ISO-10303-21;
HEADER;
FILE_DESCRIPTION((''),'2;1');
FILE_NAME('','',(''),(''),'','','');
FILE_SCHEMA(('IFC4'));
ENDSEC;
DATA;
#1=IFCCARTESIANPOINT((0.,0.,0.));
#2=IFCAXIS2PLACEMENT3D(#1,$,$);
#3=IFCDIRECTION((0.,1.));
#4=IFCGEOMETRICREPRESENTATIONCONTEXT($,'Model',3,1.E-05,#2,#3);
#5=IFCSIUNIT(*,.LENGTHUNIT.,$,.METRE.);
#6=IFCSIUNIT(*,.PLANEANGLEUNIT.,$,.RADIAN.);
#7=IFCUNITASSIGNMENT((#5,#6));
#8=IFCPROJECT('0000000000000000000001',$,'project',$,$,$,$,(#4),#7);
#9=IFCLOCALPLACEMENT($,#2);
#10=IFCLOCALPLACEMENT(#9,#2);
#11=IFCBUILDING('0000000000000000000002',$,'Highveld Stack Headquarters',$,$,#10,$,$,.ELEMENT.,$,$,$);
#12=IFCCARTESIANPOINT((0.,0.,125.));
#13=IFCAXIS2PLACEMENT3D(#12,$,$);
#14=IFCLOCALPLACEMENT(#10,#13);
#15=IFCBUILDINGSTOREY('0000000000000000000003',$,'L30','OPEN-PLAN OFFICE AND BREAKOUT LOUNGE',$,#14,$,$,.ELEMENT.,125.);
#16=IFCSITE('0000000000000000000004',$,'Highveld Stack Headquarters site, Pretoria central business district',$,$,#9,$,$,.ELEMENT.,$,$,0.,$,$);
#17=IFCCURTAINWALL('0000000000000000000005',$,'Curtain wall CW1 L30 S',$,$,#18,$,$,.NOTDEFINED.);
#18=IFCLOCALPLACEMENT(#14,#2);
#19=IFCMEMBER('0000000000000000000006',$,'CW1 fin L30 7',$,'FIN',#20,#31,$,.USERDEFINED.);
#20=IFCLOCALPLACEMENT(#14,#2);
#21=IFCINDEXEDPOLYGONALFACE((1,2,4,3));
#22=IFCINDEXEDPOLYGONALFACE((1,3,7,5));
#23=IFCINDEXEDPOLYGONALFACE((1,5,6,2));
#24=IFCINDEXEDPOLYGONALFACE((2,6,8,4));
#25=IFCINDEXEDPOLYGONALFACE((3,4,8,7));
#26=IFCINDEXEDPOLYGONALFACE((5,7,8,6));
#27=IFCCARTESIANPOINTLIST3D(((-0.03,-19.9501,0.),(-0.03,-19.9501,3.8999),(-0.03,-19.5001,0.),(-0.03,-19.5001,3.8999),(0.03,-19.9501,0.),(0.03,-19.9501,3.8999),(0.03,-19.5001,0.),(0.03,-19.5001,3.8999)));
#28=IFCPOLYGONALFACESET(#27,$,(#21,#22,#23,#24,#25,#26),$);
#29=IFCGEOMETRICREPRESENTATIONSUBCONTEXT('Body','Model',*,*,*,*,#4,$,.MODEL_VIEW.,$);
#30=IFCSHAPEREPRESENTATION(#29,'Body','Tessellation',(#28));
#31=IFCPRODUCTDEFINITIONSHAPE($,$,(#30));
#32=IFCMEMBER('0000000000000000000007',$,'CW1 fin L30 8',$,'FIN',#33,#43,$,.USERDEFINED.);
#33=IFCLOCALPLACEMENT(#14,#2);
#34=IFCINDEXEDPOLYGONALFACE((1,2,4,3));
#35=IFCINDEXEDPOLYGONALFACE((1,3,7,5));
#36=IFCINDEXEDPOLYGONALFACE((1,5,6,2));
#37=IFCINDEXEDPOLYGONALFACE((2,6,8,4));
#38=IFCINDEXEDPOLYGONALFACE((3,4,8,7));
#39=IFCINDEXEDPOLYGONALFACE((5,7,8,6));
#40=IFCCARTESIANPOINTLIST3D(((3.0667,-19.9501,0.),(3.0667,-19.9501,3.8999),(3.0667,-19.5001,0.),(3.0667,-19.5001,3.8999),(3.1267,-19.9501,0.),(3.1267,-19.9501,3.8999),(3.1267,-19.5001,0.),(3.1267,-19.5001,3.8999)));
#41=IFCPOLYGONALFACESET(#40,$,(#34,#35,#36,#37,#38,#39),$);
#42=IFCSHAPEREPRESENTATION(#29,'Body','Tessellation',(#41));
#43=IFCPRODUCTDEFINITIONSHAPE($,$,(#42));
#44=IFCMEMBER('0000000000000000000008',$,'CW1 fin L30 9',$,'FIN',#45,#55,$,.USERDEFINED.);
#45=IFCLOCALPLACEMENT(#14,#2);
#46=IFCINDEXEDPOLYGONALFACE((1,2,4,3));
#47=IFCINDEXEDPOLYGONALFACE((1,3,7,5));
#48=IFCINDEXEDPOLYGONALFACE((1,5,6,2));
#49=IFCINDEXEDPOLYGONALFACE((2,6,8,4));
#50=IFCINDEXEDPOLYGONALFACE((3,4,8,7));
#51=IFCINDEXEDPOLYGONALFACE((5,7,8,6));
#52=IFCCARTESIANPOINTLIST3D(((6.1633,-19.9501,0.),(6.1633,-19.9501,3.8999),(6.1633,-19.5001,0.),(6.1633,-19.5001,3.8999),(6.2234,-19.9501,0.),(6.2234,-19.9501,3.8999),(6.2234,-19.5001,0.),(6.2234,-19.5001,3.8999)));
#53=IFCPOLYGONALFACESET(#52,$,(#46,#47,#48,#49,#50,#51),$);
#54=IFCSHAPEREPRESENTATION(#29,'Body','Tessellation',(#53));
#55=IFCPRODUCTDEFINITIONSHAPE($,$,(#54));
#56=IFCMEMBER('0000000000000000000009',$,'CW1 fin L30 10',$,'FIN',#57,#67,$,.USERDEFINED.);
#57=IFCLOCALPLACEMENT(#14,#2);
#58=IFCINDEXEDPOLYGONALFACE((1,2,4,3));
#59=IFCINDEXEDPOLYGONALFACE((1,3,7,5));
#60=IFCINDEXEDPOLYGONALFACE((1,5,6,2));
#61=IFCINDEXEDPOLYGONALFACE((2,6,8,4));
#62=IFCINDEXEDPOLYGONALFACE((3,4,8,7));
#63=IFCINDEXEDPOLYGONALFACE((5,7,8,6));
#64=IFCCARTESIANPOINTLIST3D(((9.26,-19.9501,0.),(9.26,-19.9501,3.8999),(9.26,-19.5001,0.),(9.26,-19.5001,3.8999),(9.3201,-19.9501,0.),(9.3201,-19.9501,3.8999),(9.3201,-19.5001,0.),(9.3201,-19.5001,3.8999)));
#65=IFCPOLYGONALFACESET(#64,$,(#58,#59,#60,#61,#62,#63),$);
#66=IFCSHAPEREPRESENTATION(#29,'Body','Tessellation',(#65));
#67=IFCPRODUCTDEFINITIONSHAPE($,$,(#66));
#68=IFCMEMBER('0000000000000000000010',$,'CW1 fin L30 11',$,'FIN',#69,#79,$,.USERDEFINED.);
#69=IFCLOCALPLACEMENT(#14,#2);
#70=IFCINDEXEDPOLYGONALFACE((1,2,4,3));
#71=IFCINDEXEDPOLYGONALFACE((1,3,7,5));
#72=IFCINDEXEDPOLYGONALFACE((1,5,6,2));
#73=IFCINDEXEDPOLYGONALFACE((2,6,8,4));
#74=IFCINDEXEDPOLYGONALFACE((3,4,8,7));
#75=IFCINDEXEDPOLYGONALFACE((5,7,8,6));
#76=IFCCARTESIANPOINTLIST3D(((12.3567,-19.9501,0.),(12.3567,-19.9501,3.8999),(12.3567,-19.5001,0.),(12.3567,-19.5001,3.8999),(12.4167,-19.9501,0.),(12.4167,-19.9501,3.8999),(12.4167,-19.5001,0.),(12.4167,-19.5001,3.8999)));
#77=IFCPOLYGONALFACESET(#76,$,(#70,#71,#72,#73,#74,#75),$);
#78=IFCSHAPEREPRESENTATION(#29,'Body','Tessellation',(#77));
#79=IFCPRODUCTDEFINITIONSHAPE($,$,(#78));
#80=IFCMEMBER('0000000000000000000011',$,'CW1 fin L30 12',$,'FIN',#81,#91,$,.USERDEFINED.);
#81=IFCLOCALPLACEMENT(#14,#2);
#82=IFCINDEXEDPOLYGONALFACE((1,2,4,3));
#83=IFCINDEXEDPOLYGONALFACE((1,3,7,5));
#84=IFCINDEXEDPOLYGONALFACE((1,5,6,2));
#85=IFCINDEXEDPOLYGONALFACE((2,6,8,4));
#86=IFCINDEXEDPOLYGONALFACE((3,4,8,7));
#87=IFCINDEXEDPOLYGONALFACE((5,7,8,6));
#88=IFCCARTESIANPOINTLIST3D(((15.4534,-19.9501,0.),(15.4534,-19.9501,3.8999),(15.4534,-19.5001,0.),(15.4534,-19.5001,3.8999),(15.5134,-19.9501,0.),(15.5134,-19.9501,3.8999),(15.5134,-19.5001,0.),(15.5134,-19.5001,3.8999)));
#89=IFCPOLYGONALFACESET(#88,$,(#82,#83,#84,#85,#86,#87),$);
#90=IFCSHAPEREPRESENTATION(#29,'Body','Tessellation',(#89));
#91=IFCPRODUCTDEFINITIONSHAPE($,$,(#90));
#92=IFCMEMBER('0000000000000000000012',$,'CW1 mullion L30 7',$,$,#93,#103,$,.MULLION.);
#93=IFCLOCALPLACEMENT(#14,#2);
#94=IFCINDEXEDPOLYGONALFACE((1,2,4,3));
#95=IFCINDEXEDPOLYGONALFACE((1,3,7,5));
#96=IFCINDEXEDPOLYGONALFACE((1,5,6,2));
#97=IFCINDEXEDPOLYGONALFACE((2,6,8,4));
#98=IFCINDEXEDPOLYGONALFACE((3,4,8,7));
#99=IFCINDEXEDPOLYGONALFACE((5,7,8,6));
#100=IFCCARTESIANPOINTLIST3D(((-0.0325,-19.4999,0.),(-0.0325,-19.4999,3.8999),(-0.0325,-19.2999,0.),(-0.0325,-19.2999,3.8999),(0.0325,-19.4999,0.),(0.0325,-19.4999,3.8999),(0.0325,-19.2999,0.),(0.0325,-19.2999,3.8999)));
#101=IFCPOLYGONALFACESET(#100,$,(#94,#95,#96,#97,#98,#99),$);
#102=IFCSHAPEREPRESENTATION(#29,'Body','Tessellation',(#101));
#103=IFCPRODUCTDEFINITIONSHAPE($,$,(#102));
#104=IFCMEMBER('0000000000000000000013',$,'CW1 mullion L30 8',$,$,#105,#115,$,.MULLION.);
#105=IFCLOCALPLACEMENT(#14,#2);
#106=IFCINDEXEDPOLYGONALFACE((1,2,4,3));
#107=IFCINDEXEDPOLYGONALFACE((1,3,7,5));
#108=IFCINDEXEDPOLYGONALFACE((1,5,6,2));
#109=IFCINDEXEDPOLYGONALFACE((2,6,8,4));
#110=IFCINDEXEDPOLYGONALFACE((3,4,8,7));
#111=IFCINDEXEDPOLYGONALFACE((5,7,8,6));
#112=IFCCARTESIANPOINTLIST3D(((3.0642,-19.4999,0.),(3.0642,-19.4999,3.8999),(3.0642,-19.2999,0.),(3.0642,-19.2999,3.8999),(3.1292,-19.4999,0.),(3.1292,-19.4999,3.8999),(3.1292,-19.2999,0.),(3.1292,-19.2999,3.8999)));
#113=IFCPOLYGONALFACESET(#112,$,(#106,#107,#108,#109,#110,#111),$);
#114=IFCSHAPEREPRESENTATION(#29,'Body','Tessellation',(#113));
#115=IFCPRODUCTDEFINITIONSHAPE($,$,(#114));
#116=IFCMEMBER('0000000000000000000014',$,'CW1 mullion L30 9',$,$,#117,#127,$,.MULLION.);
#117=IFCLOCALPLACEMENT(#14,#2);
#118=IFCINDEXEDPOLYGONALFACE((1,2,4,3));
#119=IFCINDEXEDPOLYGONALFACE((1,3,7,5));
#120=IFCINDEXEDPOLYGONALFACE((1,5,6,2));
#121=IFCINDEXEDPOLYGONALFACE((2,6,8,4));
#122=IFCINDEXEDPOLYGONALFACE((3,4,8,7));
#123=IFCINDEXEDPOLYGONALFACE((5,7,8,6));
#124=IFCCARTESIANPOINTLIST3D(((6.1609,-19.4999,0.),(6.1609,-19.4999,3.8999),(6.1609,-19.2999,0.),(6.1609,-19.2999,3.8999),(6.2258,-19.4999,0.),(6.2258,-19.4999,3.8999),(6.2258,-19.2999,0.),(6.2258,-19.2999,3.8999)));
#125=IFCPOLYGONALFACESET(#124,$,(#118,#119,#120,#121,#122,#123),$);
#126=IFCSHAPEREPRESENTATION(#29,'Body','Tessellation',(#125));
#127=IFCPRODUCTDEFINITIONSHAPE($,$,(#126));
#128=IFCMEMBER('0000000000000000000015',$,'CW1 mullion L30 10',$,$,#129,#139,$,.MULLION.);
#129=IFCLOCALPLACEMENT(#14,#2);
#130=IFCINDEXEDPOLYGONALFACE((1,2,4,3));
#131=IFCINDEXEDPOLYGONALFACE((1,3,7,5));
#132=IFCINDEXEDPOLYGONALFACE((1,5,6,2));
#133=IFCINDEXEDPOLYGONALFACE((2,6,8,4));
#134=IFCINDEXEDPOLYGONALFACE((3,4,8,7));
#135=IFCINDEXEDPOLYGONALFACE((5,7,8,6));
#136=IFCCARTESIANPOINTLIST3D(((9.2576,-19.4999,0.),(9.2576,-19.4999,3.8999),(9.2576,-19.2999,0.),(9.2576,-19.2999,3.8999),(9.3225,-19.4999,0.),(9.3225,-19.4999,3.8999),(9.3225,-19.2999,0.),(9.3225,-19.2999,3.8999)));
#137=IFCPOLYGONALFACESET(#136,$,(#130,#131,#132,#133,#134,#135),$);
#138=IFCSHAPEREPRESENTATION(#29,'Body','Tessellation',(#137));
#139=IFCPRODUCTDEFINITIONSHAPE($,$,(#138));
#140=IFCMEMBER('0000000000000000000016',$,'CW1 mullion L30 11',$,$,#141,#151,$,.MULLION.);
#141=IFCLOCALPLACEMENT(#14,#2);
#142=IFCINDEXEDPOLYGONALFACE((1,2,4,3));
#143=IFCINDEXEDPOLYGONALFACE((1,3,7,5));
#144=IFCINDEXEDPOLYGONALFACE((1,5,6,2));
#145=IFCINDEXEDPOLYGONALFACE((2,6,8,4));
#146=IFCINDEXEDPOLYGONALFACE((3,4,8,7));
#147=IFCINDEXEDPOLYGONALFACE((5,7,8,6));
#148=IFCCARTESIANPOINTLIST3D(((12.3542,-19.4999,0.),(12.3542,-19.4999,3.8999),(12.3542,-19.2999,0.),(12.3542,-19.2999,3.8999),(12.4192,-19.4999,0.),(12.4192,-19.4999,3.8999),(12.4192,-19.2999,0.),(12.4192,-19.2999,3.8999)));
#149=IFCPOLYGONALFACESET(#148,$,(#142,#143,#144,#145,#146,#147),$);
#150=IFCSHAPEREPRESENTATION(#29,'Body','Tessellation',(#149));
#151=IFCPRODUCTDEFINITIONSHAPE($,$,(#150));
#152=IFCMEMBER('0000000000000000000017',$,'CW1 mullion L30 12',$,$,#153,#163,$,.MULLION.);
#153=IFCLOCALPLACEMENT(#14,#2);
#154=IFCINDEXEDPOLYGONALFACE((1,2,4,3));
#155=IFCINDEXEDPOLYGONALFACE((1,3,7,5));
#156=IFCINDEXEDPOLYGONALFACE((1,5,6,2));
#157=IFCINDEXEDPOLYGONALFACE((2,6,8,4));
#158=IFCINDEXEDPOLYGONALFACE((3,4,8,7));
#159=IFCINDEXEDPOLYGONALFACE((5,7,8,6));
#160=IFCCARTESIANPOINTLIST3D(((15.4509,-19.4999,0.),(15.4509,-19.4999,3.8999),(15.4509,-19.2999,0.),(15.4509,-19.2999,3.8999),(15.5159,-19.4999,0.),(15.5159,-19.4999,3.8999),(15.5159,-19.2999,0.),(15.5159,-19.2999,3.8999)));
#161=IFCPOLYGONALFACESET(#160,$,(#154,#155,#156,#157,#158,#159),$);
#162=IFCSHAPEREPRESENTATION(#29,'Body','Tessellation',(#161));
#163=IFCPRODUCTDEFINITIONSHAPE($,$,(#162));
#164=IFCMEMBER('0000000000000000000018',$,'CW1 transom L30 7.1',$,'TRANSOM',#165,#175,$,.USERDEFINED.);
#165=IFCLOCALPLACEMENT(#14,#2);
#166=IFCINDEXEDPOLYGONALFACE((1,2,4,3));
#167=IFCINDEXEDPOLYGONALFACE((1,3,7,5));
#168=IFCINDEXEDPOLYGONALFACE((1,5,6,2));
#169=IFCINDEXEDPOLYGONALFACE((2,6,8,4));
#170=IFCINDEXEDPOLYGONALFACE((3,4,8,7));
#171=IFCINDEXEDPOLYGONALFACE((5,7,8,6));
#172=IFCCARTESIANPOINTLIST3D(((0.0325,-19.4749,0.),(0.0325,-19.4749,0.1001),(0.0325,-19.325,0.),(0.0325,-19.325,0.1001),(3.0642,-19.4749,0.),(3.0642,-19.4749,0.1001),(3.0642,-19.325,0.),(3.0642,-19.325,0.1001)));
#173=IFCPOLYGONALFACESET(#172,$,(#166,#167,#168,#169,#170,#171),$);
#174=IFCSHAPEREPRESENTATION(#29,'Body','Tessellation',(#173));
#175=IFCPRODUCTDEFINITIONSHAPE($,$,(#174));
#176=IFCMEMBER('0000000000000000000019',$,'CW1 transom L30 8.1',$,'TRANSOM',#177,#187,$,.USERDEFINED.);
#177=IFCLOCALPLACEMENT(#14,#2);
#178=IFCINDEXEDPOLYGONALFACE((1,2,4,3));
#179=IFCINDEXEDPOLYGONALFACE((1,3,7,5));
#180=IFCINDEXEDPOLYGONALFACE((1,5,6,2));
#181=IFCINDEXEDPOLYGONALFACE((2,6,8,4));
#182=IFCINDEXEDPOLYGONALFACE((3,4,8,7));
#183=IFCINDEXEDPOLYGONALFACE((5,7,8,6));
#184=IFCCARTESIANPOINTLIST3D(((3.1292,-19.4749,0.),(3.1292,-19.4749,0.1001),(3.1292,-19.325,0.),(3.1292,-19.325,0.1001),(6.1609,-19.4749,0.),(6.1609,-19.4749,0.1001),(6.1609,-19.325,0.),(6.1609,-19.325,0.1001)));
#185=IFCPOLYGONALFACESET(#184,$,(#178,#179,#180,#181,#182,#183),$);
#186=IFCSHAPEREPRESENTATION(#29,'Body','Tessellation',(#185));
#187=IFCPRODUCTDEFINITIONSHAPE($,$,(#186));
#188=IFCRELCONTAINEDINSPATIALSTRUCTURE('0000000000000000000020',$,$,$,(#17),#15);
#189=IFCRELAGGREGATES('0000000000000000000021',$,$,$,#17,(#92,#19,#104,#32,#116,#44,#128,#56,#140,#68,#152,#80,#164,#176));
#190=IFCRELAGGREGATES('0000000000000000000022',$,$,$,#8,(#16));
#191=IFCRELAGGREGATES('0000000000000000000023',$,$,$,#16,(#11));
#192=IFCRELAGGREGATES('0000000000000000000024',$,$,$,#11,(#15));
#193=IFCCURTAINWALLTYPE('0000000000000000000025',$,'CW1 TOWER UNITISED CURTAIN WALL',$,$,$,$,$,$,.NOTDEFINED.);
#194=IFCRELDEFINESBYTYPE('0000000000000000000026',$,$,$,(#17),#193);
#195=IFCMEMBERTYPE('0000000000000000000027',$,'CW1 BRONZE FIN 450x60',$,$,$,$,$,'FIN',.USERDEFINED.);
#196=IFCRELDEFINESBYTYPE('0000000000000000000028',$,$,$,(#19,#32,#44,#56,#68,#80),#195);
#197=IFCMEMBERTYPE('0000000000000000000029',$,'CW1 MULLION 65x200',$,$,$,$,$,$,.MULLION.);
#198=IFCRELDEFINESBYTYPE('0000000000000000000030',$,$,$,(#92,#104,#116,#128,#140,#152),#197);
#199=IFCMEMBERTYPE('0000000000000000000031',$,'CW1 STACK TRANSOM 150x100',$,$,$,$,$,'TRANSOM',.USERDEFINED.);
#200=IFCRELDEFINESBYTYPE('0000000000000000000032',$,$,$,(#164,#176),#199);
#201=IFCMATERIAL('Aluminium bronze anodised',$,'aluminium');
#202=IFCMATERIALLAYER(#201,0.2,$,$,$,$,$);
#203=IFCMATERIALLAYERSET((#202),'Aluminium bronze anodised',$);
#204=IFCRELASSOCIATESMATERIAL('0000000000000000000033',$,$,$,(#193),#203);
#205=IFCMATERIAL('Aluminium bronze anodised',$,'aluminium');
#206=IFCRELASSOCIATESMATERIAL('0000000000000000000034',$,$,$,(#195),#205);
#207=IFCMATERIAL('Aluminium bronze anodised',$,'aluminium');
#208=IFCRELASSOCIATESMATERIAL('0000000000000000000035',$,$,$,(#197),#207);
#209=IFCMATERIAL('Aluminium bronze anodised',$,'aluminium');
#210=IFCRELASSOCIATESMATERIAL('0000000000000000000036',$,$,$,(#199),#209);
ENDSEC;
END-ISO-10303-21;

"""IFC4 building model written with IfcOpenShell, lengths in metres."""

from ifc_helpers import new_model, si_unit, direction, frame, origin, origin_2d, place, context, subcontext, project, spatial, rectangle, extrude, material, layer, layer_set, material_profile, profile_set, type_object, element, aggregate, save


model = new_model("IFC4")

# Units and contexts
model_context = context("Model", 3, precision=1e-05, world=origin(), true_north=direction((0.0, 1.0)))
body_context = subcontext(model_context, "Body", "Model", "MODEL_VIEW")
ifc_project = project(units=[si_unit("LENGTHUNIT", "METRE"), si_unit("PLANEANGLEUNIT", "RADIAN")], contexts=[model_context])

# Site, building, storey
site_placement = place(None, origin())
site = spatial("IfcSite", under=ifc_project, at=site_placement, Name="Highveld Stack Headquarters site, Pretoria central business district", CompositionType="ELEMENT", RefElevation=0.0)
building_placement = place(site_placement, origin())
building = spatial("IfcBuilding", under=site, at=building_placement, Name="Highveld Stack Headquarters", CompositionType="ELEMENT")
storey_placement = place(building_placement, frame((0.0, 0.0, 125.0)))
storey = spatial("IfcBuildingStorey", under=building, at=storey_placement, Name="L30", Description="OPEN-PLAN OFFICE AND BREAKOUT LOUNGE", CompositionType="ELEMENT", Elevation=125.0)

# Curtain wall, members
ifc_material_1 = material(Name="Aluminium bronze anodised", Category="aluminium")
ifc_layer_1 = layer(ifc_material_1, 0.2)
ifc_layer_set_1 = layer_set([ifc_layer_1], Name="Aluminium bronze anodised")
curtain_wall_type = type_object("IfcCurtainWallType", Name="CW1 TOWER UNITISED CURTAIN WALL", PredefinedType="NOTDEFINED", material=ifc_layer_set_1)
curtain_wall_placement = place(storey_placement, origin())
curtain_wall = element("IfcCurtainWall", 1, at=curtain_wall_placement, inside=storey, type_object=curtain_wall_type, Name="Curtain wall CW1 L30 S", PredefinedType="NOTDEFINED")
ifc_material_2 = material(Name="Aluminium bronze anodised", Category="aluminium")
ifc_material_profile_1 = material_profile(ifc_material_2, rectangle(XDim=0.45, YDim=0.0601, at=origin_2d()), Name="FIN 450x60")
ifc_profile_set_1 = profile_set([ifc_material_profile_1], Name="Aluminium bronze anodised")
member_type_1 = type_object("IfcMemberType", Name="CW1 BRONZE FIN 450x60", ElementType="FIN", PredefinedType="USERDEFINED", material=ifc_profile_set_1)
member_1_placement = place(storey_placement, frame((0.0, -19.7251, 0.0), z_axis=(0.0, 0.0, 1.0), x_axis=(0.0, 1.0, 0.0)))
member_1 = element("IfcMember", 2, at=member_1_placement, type_object=member_type_1, Name="CW1 fin L30 7", ObjectType="FIN", PredefinedType="USERDEFINED", context=body_context, shape_type="SweptSolid", body=[
    extrude(rectangle(XDim=0.45, YDim=0.0601, at=origin_2d()), origin(), (0.0, 0.0, 1.0), 3.8999),
])
member_2_placement = place(storey_placement, frame((3.0967, -19.7251, 0.0), z_axis=(0.0, 0.0, 1.0), x_axis=(0.0, 1.0, 0.0)))
member_2 = element("IfcMember", 3, at=member_2_placement, type_object=member_type_1, Name="CW1 fin L30 8", ObjectType="FIN", PredefinedType="USERDEFINED", context=body_context, shape_type="SweptSolid", body=[
    extrude(rectangle(XDim=0.45, YDim=0.0601, at=origin_2d()), origin(), (0.0, 0.0, 1.0), 3.8999),
])
member_3_placement = place(storey_placement, frame((6.1934, -19.7251, 0.0), z_axis=(0.0, 0.0, 1.0), x_axis=(0.0, 1.0, 0.0)))
member_3 = element("IfcMember", 4, at=member_3_placement, type_object=member_type_1, Name="CW1 fin L30 9", ObjectType="FIN", PredefinedType="USERDEFINED", context=body_context, shape_type="SweptSolid", body=[
    extrude(rectangle(XDim=0.45, YDim=0.0601, at=origin_2d()), origin(), (0.0, 0.0, 1.0), 3.8999),
])
member_4_placement = place(storey_placement, frame((9.29, -19.7251, 0.0), z_axis=(0.0, 0.0, 1.0), x_axis=(0.0, 1.0, 0.0)))
member_4 = element("IfcMember", 5, at=member_4_placement, type_object=member_type_1, Name="CW1 fin L30 10", ObjectType="FIN", PredefinedType="USERDEFINED", context=body_context, shape_type="SweptSolid", body=[
    extrude(rectangle(XDim=0.45, YDim=0.0601, at=origin_2d()), origin(), (0.0, 0.0, 1.0), 3.8999),
])
member_5_placement = place(storey_placement, frame((12.3867, -19.7251, 0.0), z_axis=(0.0, 0.0, 1.0), x_axis=(0.0, 1.0, 0.0)))
member_5 = element("IfcMember", 6, at=member_5_placement, type_object=member_type_1, Name="CW1 fin L30 11", ObjectType="FIN", PredefinedType="USERDEFINED", context=body_context, shape_type="SweptSolid", body=[
    extrude(rectangle(XDim=0.45, YDim=0.0601, at=origin_2d()), origin(), (0.0, 0.0, 1.0), 3.8999),
])
member_6_placement = place(storey_placement, frame((15.4834, -19.7251, 0.0), z_axis=(0.0, 0.0, 1.0), x_axis=(0.0, 1.0, 0.0)))
member_6 = element("IfcMember", 7, at=member_6_placement, type_object=member_type_1, Name="CW1 fin L30 12", ObjectType="FIN", PredefinedType="USERDEFINED", context=body_context, shape_type="SweptSolid", body=[
    extrude(rectangle(XDim=0.45, YDim=0.0601, at=origin_2d()), origin(), (0.0, 0.0, 1.0), 3.8999),
])
ifc_material_3 = material(Name="Aluminium bronze anodised", Category="aluminium")
ifc_material_profile_2 = material_profile(ifc_material_3, rectangle(XDim=0.2, YDim=0.0649, at=origin_2d()), Name="CW1 MULLION 65x200")
ifc_profile_set_2 = profile_set([ifc_material_profile_2], Name="Aluminium bronze anodised")
member_type_2 = type_object("IfcMemberType", Name="CW1 MULLION 65x200", PredefinedType="MULLION", material=ifc_profile_set_2)
member_7_placement = place(storey_placement, frame((0.0, -19.3999, 0.0), z_axis=(0.0, 0.0, 1.0), x_axis=(0.0, 1.0, 0.0)))
member_7 = element("IfcMember", 8, at=member_7_placement, type_object=member_type_2, Name="CW1 mullion L30 7", PredefinedType="MULLION", context=body_context, shape_type="SweptSolid", body=[
    extrude(rectangle(XDim=0.2, YDim=0.0649, at=origin_2d()), origin(), (0.0, 0.0, 1.0), 3.8999),
])
member_8_placement = place(storey_placement, frame((3.0967, -19.3999, 0.0), z_axis=(0.0, 0.0, 1.0), x_axis=(0.0, 1.0, 0.0)))
member_8 = element("IfcMember", 9, at=member_8_placement, type_object=member_type_2, Name="CW1 mullion L30 8", PredefinedType="MULLION", context=body_context, shape_type="SweptSolid", body=[
    extrude(rectangle(XDim=0.2, YDim=0.0649, at=origin_2d()), origin(), (0.0, 0.0, 1.0), 3.8999),
])
member_9_placement = place(storey_placement, frame((6.1934, -19.3999, 0.0), z_axis=(0.0, 0.0, 1.0), x_axis=(0.0, 1.0, 0.0)))
member_9 = element("IfcMember", 10, at=member_9_placement, type_object=member_type_2, Name="CW1 mullion L30 9", PredefinedType="MULLION", context=body_context, shape_type="SweptSolid", body=[
    extrude(rectangle(XDim=0.2, YDim=0.0649, at=origin_2d()), origin(), (0.0, 0.0, 1.0), 3.8999),
])
member_10_placement = place(storey_placement, frame((9.29, -19.3999, 0.0), z_axis=(0.0, 0.0, 1.0), x_axis=(0.0, 1.0, 0.0)))
member_10 = element("IfcMember", 11, at=member_10_placement, type_object=member_type_2, Name="CW1 mullion L30 10", PredefinedType="MULLION", context=body_context, shape_type="SweptSolid", body=[
    extrude(rectangle(XDim=0.2, YDim=0.0649, at=origin_2d()), origin(), (0.0, 0.0, 1.0), 3.8999),
])
member_11_placement = place(storey_placement, frame((12.3867, -19.3999, 0.0), z_axis=(0.0, 0.0, 1.0), x_axis=(0.0, 1.0, 0.0)))
member_11 = element("IfcMember", 12, at=member_11_placement, type_object=member_type_2, Name="CW1 mullion L30 11", PredefinedType="MULLION", context=body_context, shape_type="SweptSolid", body=[
    extrude(rectangle(XDim=0.2, YDim=0.0649, at=origin_2d()), origin(), (0.0, 0.0, 1.0), 3.8999),
])
member_12_placement = place(storey_placement, frame((15.4834, -19.3999, 0.0), z_axis=(0.0, 0.0, 1.0), x_axis=(0.0, 1.0, 0.0)))
member_12 = element("IfcMember", 13, at=member_12_placement, type_object=member_type_2, Name="CW1 mullion L30 12", PredefinedType="MULLION", context=body_context, shape_type="SweptSolid", body=[
    extrude(rectangle(XDim=0.2, YDim=0.0649, at=origin_2d()), origin(), (0.0, 0.0, 1.0), 3.8999),
])
ifc_material_4 = material(Name="Aluminium bronze anodised", Category="aluminium")
ifc_material_profile_3 = material_profile(ifc_material_4, rectangle(XDim=0.1499, YDim=0.1001, at=origin_2d()), Name="CW1 TRANSOM 150x100")
ifc_profile_set_3 = profile_set([ifc_material_profile_3], Name="Aluminium bronze anodised")
member_type_3 = type_object("IfcMemberType", Name="CW1 STACK TRANSOM 150x100", ElementType="TRANSOM", PredefinedType="USERDEFINED", material=ifc_profile_set_3)
member_13_placement = place(storey_placement, frame((0.0325, -19.3999, 0.05), z_axis=(1.0, 0.0, 0.0), x_axis=(0.0, 1.0, 0.0)))
member_13 = element("IfcMember", 14, at=member_13_placement, type_object=member_type_3, Name="CW1 transom L30 7.1", ObjectType="TRANSOM", PredefinedType="USERDEFINED", context=body_context, shape_type="SweptSolid", body=[
    extrude(rectangle(XDim=0.1499, YDim=0.1001, at=origin_2d()), origin(), (0.0, 0.0, 1.0), 3.0317),
])
member_14_placement = place(storey_placement, frame((3.1292, -19.3999, 0.05), z_axis=(1.0, 0.0, 0.0), x_axis=(0.0, 1.0, 0.0)))
member_14 = element("IfcMember", 15, at=member_14_placement, type_object=member_type_3, Name="CW1 transom L30 8.1", ObjectType="TRANSOM", PredefinedType="USERDEFINED", context=body_context, shape_type="SweptSolid", body=[
    extrude(rectangle(XDim=0.1499, YDim=0.1001, at=origin_2d()), origin(), (0.0, 0.0, 1.0), 3.0317),
])
aggregate(curtain_wall, [member_7, member_1, member_8, member_2, member_9, member_3, member_10, member_4, member_11, member_5, member_12, member_6, member_13, member_14])

save(model, "model.ifc")
